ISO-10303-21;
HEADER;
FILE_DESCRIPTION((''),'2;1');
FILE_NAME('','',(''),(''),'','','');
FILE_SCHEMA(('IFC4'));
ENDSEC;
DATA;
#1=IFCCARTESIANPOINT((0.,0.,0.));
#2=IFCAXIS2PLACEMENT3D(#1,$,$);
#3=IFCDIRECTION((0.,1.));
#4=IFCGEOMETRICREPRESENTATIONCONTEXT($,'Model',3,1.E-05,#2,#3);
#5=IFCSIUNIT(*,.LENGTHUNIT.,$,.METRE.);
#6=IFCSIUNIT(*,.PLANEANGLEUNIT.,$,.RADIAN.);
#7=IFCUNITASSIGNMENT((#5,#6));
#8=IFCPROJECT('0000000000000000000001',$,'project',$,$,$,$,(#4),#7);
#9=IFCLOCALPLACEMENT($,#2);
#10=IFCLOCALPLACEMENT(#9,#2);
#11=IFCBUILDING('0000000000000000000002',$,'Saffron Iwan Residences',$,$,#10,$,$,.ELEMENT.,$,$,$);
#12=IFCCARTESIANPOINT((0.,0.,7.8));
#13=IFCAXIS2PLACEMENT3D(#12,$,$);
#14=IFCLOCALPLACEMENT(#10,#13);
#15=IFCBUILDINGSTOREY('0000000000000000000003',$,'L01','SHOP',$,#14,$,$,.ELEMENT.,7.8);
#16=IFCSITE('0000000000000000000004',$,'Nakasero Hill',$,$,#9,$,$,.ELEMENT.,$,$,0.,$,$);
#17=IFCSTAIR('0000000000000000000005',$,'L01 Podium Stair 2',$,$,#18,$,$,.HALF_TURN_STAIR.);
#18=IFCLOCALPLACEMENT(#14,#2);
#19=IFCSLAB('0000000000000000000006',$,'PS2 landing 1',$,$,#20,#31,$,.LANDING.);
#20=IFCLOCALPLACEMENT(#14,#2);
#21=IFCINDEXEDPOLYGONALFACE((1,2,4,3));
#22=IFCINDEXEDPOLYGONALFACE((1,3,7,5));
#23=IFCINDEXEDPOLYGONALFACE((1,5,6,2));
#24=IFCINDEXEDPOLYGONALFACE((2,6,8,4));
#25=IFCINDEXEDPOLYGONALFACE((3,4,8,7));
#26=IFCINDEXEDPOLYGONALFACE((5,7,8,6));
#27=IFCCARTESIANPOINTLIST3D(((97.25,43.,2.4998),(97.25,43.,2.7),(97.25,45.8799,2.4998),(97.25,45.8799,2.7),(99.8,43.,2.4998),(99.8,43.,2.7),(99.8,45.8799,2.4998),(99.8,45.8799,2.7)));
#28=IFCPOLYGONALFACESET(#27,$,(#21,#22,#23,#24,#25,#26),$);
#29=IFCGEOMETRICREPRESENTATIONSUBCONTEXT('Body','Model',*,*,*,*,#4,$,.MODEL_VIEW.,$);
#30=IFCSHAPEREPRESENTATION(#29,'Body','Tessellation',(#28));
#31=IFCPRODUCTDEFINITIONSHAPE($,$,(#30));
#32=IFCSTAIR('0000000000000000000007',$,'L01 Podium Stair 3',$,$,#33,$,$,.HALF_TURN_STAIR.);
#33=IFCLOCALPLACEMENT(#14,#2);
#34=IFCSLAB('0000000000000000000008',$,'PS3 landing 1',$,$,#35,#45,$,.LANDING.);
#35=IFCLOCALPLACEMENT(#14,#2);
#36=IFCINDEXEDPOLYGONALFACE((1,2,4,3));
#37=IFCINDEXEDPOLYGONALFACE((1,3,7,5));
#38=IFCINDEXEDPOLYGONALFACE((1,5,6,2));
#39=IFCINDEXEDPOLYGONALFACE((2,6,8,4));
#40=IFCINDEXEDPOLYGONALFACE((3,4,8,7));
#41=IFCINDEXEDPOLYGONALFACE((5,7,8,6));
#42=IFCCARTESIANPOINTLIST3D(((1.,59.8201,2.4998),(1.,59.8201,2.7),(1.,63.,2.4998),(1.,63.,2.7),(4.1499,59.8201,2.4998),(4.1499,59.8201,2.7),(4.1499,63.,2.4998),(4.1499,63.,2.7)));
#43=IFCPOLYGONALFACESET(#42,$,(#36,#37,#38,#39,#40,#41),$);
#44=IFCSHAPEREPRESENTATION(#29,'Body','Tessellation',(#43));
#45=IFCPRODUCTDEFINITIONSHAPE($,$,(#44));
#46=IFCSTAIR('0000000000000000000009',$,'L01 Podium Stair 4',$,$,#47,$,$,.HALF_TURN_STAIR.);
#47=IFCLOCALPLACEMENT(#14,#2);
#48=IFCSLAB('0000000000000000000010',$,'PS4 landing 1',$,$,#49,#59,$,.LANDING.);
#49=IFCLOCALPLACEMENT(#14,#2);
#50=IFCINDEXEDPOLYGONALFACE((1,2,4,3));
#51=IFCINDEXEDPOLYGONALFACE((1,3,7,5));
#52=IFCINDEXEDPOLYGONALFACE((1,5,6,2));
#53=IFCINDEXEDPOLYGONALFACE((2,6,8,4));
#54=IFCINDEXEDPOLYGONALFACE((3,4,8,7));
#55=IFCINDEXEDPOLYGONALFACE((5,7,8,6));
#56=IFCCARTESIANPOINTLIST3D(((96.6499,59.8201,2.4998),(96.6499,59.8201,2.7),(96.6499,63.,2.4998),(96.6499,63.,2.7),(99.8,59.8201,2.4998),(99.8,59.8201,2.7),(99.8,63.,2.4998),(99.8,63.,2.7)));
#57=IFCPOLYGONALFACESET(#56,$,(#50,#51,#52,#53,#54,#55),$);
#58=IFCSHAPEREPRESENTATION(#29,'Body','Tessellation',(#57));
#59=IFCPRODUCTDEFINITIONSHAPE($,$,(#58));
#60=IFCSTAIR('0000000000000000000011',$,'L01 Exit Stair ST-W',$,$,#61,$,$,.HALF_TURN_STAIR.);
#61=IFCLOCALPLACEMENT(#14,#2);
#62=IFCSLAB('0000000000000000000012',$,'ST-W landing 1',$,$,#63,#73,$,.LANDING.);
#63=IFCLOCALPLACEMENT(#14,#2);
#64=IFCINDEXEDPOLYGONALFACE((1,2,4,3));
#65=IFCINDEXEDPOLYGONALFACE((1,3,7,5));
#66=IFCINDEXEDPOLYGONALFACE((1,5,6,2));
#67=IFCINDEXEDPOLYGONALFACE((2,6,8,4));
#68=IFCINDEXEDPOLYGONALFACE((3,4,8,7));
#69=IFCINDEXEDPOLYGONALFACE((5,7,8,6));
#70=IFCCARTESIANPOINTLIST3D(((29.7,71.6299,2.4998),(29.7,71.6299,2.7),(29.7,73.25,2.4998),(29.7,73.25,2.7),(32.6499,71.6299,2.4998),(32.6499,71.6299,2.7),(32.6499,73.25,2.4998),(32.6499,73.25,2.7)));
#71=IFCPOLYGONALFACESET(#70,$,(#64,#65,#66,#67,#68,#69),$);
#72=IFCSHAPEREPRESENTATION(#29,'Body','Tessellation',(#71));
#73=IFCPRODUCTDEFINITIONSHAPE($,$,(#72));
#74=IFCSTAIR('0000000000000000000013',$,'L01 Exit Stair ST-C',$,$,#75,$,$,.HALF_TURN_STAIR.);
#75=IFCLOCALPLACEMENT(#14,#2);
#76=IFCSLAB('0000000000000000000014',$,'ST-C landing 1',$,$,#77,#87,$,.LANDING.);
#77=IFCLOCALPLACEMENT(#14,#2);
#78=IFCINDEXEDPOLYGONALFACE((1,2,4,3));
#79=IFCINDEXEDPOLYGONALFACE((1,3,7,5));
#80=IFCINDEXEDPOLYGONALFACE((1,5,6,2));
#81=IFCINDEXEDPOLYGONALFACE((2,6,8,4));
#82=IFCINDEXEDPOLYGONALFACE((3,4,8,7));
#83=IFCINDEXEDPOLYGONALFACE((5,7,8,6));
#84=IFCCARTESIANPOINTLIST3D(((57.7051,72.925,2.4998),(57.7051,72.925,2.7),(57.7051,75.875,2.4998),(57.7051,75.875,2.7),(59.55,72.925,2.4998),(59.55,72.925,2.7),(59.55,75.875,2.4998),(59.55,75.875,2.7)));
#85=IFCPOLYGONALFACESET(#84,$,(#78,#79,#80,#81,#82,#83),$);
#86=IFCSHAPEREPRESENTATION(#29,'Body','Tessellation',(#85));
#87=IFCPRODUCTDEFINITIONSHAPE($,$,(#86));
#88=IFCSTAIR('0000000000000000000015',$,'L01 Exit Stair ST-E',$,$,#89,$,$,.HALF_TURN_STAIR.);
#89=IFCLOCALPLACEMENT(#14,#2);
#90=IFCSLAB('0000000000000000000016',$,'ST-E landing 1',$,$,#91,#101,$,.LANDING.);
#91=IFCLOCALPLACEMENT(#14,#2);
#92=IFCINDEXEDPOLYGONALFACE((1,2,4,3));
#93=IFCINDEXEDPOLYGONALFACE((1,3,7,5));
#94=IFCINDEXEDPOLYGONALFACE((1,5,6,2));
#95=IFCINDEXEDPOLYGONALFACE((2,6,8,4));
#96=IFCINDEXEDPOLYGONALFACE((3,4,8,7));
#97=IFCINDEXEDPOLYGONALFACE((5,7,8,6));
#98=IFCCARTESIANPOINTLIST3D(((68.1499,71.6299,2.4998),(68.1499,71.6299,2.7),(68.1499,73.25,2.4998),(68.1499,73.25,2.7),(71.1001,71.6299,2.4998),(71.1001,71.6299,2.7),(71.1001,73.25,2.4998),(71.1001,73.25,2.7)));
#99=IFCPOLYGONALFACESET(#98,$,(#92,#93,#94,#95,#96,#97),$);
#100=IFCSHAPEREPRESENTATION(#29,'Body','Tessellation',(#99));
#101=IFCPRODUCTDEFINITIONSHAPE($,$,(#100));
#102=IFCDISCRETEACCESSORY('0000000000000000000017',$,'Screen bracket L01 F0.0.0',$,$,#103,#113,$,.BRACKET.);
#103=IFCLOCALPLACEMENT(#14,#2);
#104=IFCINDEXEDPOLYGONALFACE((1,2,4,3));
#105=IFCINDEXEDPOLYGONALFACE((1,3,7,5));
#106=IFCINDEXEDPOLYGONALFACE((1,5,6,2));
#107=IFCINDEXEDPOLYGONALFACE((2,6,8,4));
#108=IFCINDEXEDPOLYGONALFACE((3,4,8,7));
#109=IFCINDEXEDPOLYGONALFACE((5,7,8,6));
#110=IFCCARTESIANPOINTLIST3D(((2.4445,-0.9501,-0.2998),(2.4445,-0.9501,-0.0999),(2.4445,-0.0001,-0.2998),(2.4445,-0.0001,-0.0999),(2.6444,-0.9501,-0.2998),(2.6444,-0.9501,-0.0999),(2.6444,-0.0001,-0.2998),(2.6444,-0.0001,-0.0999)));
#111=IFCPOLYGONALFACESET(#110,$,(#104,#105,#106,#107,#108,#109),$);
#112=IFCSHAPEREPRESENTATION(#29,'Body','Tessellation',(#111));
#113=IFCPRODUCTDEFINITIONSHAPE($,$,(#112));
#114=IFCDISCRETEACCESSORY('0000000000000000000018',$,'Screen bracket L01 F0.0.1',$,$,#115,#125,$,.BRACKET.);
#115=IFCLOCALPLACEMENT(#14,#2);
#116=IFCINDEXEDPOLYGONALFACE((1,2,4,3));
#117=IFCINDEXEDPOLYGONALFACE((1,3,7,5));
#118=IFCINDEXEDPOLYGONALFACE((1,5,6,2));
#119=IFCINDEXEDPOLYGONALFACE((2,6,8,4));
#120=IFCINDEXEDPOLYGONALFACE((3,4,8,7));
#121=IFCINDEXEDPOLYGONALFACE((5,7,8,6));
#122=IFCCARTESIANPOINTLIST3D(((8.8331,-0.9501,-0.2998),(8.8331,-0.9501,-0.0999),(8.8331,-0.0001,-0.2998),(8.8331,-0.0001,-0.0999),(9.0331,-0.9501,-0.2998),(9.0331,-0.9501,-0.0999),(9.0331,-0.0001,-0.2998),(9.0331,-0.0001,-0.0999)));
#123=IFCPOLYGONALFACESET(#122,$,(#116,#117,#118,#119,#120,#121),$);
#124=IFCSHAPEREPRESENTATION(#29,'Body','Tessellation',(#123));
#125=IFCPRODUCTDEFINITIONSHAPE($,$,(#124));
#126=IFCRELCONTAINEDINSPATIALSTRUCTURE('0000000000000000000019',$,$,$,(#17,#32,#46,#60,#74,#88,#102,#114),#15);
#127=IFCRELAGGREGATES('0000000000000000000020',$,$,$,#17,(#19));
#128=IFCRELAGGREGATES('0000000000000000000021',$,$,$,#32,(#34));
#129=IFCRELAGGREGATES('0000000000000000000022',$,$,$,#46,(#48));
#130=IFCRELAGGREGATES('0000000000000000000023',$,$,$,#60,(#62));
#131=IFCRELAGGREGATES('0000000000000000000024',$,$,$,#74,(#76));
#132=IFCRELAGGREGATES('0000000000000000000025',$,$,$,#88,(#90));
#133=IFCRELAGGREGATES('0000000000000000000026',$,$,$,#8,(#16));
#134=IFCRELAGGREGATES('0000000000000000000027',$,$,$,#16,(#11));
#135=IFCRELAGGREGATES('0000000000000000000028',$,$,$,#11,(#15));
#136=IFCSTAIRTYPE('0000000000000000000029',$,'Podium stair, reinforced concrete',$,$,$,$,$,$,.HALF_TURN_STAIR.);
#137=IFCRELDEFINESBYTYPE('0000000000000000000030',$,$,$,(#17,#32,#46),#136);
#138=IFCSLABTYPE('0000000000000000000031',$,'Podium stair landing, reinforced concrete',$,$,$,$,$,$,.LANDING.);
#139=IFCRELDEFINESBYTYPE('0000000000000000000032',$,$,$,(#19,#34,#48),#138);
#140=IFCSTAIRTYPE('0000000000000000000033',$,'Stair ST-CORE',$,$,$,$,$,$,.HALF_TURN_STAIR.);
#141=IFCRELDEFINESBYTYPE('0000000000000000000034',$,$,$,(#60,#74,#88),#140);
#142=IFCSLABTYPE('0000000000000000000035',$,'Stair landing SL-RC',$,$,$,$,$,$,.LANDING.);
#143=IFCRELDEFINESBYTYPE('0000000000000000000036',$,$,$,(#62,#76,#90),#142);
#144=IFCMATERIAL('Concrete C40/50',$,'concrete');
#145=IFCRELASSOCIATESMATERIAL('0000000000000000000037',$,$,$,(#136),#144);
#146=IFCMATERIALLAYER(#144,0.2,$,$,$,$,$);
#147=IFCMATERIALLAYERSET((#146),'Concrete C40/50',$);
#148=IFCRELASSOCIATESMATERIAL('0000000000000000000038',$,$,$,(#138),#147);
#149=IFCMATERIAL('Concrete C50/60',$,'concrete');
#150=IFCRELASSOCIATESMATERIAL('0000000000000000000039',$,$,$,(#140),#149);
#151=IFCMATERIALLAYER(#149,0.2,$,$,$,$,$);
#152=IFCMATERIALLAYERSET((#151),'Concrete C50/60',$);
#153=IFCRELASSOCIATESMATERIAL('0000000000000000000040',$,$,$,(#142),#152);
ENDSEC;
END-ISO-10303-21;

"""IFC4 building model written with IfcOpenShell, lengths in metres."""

from ifc_helpers import new_model, si_unit, direction, frame, origin, origin_2d, place, context, subcontext, project, spatial, polyline, rectangle, outline, extrude, source, transform, mapped, material, layer, layer_set, type_object, element, aggregate, save


model = new_model("IFC4")

# Units and contexts
model_context = context("Model", 3, precision=1e-05, world=origin(), true_north=direction((0.0, 1.0)))
body_context = subcontext(model_context, "Body", "Model", "MODEL_VIEW")
ifc_project = project(units=[si_unit("LENGTHUNIT", "METRE"), si_unit("PLANEANGLEUNIT", "RADIAN")], contexts=[model_context])

# Site, building, storey
site_placement = place(None, origin())
site = spatial("IfcSite", under=ifc_project, at=site_placement, Name="Nakasero Hill", CompositionType="ELEMENT", RefElevation=0.0)
building_placement = place(site_placement, origin())
building = spatial("IfcBuilding", under=site, at=building_placement, Name="Saffron Iwan Residences", CompositionType="ELEMENT")
storey_placement = place(building_placement, frame((0.0, 0.0, 7.8)))
storey = spatial("IfcBuildingStorey", under=building, at=storey_placement, Name="L01", Description="SHOP", CompositionType="ELEMENT", Elevation=7.8)

# Shared definitions
ifc_material_1 = material(Name="Concrete C50/60", Category="concrete")

# Shared definitions
ifc_material_2 = material(Name="Concrete C40/50", Category="concrete")

# Stairs, slabs
stair_type_1 = type_object("IfcStairType", Name="Podium stair, reinforced concrete", PredefinedType="HALF_TURN_STAIR", material=ifc_material_2)
ifc_layer_1 = layer(ifc_material_2, 0.2)
ifc_layer_set_1 = layer_set([ifc_layer_1], Name="Concrete C40/50")
slab_type_1 = type_object("IfcSlabType", Name="Podium stair landing, reinforced concrete", PredefinedType="LANDING", material=ifc_layer_set_1)
stair_1_placement = place(storey_placement, origin())
stair_1 = element("IfcStair", 1, at=stair_1_placement, inside=storey, type_object=stair_type_1, Name="L01 Podium Stair 2", PredefinedType="HALF_TURN_STAIR")
slab_1_placement = place(storey_placement, frame((0.0, 0.0, 2.4998)))
slab_1 = element("IfcSlab", 2, at=slab_1_placement, type_object=slab_type_1, Name="PS2 landing 1", PredefinedType="LANDING", context=body_context, shape_type="SweptSolid", body=[
    extrude(outline(polyline([(97.25, 45.8799), (97.25, 43.0), (99.8, 43.0), (99.8, 45.8799), (97.25, 45.8799)])), origin(), (0.0, 0.0, 1.0), 0.2002),
])
aggregate(stair_1, [slab_1])
stair_2_placement = place(storey_placement, origin())
stair_2 = element("IfcStair", 3, at=stair_2_placement, inside=storey, type_object=stair_type_1, Name="L01 Podium Stair 3", PredefinedType="HALF_TURN_STAIR")
slab_2_placement = place(storey_placement, frame((0.0, 0.0, 2.4998)))
slab_2 = element("IfcSlab", 4, at=slab_2_placement, type_object=slab_type_1, Name="PS3 landing 1", PredefinedType="LANDING", context=body_context, shape_type="SweptSolid", body=[
    extrude(outline(polyline([(4.1499, 59.8201), (4.1499, 63.0), (1.0, 63.0), (1.0, 59.8201), (4.1499, 59.8201)])), origin(), (0.0, 0.0, 1.0), 0.2002),
])
aggregate(stair_2, [slab_2])
stair_3_placement = place(storey_placement, origin())
stair_3 = element("IfcStair", 5, at=stair_3_placement, inside=storey, type_object=stair_type_1, Name="L01 Podium Stair 4", PredefinedType="HALF_TURN_STAIR")
slab_3_placement = place(storey_placement, frame((0.0, 0.0, 2.4998)))
slab_3 = element("IfcSlab", 6, at=slab_3_placement, type_object=slab_type_1, Name="PS4 landing 1", PredefinedType="LANDING", context=body_context, shape_type="SweptSolid", body=[
    extrude(outline(polyline([(99.8, 59.8201), (99.8, 63.0), (96.6499, 63.0), (96.6499, 59.8201), (99.8, 59.8201)])), origin(), (0.0, 0.0, 1.0), 0.2002),
])
aggregate(stair_3, [slab_3])
stair_type_2 = type_object("IfcStairType", Name="Stair ST-CORE", PredefinedType="HALF_TURN_STAIR", material=ifc_material_1)
stair_4_placement = place(storey_placement, origin())
stair_4 = element("IfcStair", 7, at=stair_4_placement, inside=storey, type_object=stair_type_2, Name="L01 Exit Stair ST-W", PredefinedType="HALF_TURN_STAIR")
ifc_layer_2 = layer(ifc_material_1, 0.2)
ifc_layer_set_2 = layer_set([ifc_layer_2], Name="Concrete C50/60")
slab_type_2 = type_object("IfcSlabType", Name="Stair landing SL-RC", PredefinedType="LANDING", material=ifc_layer_set_2)
slab_4_placement = place(storey_placement, frame((0.0, 0.0, 2.4998)))
slab_4 = element("IfcSlab", 8, at=slab_4_placement, type_object=slab_type_2, Name="ST-W landing 1", PredefinedType="LANDING", context=body_context, shape_type="SweptSolid", body=[
    extrude(outline(polyline([(32.6499, 71.6299), (32.6499, 73.25), (29.7, 73.25), (29.7, 71.6299), (32.6499, 71.6299)])), origin(), (0.0, 0.0, 1.0), 0.2002),
])
aggregate(stair_4, [slab_4])
stair_5_placement = place(storey_placement, origin())
stair_5 = element("IfcStair", 9, at=stair_5_placement, inside=storey, type_object=stair_type_2, Name="L01 Exit Stair ST-C", PredefinedType="HALF_TURN_STAIR")
slab_5_placement = place(storey_placement, frame((0.0, 0.0, 2.4998)))
slab_5 = element("IfcSlab", 10, at=slab_5_placement, type_object=slab_type_2, Name="ST-C landing 1", PredefinedType="LANDING", context=body_context, shape_type="SweptSolid", body=[
    extrude(outline(polyline([(57.7051, 72.925), (59.55, 72.925), (59.55, 75.875), (57.7051, 75.875), (57.7051, 72.925)])), origin(), (0.0, 0.0, 1.0), 0.2002),
])
aggregate(stair_5, [slab_5])
stair_6_placement = place(storey_placement, origin())
stair_6 = element("IfcStair", 11, at=stair_6_placement, inside=storey, type_object=stair_type_2, Name="L01 Exit Stair ST-E", PredefinedType="HALF_TURN_STAIR")
slab_6_placement = place(storey_placement, frame((0.0, 0.0, 2.4998)))
slab_6 = element("IfcSlab", 12, at=slab_6_placement, type_object=slab_type_2, Name="ST-E landing 1", PredefinedType="LANDING", context=body_context, shape_type="SweptSolid", body=[
    extrude(outline(polyline([(71.1001, 71.6299), (71.1001, 73.25), (68.1499, 73.25), (68.1499, 71.6299), (71.1001, 71.6299)])), origin(), (0.0, 0.0, 1.0), 0.2002),
])
aggregate(stair_6, [slab_6])

# Discrete accessories
shared_shape_1 = source(origin(), body_context, "Body", "SweptSolid", [
    extrude(rectangle(XDim=0.95, YDim=0.2, at=origin_2d()), origin(), (0.0, 0.0, 1.0), 0.2),
])
for number, where, z_axis, x_axis, name in (
    (13, (2.5444, -0.4751, -0.2998), (0.0, 0.0, 1.0), (0.0, -1.0, 0.0), "Screen bracket L01 F0.0.0"),
    (14, (8.9331, -0.4751, -0.2998), (0.0, 0.0, 1.0), (0.0, -1.0, 0.0), "Screen bracket L01 F0.0.1"),
):
    element("IfcDiscreteAccessory", number, at=place(storey_placement, frame(where, z_axis=z_axis, x_axis=x_axis)), inside=storey, Name=name, PredefinedType="BRACKET", context=body_context, shape_type="MappedRepresentation", body=[
        mapped(shared_shape_1, transform((0.0, 0.0, 0.0))),
    ])

save(model, "model.ifc")
